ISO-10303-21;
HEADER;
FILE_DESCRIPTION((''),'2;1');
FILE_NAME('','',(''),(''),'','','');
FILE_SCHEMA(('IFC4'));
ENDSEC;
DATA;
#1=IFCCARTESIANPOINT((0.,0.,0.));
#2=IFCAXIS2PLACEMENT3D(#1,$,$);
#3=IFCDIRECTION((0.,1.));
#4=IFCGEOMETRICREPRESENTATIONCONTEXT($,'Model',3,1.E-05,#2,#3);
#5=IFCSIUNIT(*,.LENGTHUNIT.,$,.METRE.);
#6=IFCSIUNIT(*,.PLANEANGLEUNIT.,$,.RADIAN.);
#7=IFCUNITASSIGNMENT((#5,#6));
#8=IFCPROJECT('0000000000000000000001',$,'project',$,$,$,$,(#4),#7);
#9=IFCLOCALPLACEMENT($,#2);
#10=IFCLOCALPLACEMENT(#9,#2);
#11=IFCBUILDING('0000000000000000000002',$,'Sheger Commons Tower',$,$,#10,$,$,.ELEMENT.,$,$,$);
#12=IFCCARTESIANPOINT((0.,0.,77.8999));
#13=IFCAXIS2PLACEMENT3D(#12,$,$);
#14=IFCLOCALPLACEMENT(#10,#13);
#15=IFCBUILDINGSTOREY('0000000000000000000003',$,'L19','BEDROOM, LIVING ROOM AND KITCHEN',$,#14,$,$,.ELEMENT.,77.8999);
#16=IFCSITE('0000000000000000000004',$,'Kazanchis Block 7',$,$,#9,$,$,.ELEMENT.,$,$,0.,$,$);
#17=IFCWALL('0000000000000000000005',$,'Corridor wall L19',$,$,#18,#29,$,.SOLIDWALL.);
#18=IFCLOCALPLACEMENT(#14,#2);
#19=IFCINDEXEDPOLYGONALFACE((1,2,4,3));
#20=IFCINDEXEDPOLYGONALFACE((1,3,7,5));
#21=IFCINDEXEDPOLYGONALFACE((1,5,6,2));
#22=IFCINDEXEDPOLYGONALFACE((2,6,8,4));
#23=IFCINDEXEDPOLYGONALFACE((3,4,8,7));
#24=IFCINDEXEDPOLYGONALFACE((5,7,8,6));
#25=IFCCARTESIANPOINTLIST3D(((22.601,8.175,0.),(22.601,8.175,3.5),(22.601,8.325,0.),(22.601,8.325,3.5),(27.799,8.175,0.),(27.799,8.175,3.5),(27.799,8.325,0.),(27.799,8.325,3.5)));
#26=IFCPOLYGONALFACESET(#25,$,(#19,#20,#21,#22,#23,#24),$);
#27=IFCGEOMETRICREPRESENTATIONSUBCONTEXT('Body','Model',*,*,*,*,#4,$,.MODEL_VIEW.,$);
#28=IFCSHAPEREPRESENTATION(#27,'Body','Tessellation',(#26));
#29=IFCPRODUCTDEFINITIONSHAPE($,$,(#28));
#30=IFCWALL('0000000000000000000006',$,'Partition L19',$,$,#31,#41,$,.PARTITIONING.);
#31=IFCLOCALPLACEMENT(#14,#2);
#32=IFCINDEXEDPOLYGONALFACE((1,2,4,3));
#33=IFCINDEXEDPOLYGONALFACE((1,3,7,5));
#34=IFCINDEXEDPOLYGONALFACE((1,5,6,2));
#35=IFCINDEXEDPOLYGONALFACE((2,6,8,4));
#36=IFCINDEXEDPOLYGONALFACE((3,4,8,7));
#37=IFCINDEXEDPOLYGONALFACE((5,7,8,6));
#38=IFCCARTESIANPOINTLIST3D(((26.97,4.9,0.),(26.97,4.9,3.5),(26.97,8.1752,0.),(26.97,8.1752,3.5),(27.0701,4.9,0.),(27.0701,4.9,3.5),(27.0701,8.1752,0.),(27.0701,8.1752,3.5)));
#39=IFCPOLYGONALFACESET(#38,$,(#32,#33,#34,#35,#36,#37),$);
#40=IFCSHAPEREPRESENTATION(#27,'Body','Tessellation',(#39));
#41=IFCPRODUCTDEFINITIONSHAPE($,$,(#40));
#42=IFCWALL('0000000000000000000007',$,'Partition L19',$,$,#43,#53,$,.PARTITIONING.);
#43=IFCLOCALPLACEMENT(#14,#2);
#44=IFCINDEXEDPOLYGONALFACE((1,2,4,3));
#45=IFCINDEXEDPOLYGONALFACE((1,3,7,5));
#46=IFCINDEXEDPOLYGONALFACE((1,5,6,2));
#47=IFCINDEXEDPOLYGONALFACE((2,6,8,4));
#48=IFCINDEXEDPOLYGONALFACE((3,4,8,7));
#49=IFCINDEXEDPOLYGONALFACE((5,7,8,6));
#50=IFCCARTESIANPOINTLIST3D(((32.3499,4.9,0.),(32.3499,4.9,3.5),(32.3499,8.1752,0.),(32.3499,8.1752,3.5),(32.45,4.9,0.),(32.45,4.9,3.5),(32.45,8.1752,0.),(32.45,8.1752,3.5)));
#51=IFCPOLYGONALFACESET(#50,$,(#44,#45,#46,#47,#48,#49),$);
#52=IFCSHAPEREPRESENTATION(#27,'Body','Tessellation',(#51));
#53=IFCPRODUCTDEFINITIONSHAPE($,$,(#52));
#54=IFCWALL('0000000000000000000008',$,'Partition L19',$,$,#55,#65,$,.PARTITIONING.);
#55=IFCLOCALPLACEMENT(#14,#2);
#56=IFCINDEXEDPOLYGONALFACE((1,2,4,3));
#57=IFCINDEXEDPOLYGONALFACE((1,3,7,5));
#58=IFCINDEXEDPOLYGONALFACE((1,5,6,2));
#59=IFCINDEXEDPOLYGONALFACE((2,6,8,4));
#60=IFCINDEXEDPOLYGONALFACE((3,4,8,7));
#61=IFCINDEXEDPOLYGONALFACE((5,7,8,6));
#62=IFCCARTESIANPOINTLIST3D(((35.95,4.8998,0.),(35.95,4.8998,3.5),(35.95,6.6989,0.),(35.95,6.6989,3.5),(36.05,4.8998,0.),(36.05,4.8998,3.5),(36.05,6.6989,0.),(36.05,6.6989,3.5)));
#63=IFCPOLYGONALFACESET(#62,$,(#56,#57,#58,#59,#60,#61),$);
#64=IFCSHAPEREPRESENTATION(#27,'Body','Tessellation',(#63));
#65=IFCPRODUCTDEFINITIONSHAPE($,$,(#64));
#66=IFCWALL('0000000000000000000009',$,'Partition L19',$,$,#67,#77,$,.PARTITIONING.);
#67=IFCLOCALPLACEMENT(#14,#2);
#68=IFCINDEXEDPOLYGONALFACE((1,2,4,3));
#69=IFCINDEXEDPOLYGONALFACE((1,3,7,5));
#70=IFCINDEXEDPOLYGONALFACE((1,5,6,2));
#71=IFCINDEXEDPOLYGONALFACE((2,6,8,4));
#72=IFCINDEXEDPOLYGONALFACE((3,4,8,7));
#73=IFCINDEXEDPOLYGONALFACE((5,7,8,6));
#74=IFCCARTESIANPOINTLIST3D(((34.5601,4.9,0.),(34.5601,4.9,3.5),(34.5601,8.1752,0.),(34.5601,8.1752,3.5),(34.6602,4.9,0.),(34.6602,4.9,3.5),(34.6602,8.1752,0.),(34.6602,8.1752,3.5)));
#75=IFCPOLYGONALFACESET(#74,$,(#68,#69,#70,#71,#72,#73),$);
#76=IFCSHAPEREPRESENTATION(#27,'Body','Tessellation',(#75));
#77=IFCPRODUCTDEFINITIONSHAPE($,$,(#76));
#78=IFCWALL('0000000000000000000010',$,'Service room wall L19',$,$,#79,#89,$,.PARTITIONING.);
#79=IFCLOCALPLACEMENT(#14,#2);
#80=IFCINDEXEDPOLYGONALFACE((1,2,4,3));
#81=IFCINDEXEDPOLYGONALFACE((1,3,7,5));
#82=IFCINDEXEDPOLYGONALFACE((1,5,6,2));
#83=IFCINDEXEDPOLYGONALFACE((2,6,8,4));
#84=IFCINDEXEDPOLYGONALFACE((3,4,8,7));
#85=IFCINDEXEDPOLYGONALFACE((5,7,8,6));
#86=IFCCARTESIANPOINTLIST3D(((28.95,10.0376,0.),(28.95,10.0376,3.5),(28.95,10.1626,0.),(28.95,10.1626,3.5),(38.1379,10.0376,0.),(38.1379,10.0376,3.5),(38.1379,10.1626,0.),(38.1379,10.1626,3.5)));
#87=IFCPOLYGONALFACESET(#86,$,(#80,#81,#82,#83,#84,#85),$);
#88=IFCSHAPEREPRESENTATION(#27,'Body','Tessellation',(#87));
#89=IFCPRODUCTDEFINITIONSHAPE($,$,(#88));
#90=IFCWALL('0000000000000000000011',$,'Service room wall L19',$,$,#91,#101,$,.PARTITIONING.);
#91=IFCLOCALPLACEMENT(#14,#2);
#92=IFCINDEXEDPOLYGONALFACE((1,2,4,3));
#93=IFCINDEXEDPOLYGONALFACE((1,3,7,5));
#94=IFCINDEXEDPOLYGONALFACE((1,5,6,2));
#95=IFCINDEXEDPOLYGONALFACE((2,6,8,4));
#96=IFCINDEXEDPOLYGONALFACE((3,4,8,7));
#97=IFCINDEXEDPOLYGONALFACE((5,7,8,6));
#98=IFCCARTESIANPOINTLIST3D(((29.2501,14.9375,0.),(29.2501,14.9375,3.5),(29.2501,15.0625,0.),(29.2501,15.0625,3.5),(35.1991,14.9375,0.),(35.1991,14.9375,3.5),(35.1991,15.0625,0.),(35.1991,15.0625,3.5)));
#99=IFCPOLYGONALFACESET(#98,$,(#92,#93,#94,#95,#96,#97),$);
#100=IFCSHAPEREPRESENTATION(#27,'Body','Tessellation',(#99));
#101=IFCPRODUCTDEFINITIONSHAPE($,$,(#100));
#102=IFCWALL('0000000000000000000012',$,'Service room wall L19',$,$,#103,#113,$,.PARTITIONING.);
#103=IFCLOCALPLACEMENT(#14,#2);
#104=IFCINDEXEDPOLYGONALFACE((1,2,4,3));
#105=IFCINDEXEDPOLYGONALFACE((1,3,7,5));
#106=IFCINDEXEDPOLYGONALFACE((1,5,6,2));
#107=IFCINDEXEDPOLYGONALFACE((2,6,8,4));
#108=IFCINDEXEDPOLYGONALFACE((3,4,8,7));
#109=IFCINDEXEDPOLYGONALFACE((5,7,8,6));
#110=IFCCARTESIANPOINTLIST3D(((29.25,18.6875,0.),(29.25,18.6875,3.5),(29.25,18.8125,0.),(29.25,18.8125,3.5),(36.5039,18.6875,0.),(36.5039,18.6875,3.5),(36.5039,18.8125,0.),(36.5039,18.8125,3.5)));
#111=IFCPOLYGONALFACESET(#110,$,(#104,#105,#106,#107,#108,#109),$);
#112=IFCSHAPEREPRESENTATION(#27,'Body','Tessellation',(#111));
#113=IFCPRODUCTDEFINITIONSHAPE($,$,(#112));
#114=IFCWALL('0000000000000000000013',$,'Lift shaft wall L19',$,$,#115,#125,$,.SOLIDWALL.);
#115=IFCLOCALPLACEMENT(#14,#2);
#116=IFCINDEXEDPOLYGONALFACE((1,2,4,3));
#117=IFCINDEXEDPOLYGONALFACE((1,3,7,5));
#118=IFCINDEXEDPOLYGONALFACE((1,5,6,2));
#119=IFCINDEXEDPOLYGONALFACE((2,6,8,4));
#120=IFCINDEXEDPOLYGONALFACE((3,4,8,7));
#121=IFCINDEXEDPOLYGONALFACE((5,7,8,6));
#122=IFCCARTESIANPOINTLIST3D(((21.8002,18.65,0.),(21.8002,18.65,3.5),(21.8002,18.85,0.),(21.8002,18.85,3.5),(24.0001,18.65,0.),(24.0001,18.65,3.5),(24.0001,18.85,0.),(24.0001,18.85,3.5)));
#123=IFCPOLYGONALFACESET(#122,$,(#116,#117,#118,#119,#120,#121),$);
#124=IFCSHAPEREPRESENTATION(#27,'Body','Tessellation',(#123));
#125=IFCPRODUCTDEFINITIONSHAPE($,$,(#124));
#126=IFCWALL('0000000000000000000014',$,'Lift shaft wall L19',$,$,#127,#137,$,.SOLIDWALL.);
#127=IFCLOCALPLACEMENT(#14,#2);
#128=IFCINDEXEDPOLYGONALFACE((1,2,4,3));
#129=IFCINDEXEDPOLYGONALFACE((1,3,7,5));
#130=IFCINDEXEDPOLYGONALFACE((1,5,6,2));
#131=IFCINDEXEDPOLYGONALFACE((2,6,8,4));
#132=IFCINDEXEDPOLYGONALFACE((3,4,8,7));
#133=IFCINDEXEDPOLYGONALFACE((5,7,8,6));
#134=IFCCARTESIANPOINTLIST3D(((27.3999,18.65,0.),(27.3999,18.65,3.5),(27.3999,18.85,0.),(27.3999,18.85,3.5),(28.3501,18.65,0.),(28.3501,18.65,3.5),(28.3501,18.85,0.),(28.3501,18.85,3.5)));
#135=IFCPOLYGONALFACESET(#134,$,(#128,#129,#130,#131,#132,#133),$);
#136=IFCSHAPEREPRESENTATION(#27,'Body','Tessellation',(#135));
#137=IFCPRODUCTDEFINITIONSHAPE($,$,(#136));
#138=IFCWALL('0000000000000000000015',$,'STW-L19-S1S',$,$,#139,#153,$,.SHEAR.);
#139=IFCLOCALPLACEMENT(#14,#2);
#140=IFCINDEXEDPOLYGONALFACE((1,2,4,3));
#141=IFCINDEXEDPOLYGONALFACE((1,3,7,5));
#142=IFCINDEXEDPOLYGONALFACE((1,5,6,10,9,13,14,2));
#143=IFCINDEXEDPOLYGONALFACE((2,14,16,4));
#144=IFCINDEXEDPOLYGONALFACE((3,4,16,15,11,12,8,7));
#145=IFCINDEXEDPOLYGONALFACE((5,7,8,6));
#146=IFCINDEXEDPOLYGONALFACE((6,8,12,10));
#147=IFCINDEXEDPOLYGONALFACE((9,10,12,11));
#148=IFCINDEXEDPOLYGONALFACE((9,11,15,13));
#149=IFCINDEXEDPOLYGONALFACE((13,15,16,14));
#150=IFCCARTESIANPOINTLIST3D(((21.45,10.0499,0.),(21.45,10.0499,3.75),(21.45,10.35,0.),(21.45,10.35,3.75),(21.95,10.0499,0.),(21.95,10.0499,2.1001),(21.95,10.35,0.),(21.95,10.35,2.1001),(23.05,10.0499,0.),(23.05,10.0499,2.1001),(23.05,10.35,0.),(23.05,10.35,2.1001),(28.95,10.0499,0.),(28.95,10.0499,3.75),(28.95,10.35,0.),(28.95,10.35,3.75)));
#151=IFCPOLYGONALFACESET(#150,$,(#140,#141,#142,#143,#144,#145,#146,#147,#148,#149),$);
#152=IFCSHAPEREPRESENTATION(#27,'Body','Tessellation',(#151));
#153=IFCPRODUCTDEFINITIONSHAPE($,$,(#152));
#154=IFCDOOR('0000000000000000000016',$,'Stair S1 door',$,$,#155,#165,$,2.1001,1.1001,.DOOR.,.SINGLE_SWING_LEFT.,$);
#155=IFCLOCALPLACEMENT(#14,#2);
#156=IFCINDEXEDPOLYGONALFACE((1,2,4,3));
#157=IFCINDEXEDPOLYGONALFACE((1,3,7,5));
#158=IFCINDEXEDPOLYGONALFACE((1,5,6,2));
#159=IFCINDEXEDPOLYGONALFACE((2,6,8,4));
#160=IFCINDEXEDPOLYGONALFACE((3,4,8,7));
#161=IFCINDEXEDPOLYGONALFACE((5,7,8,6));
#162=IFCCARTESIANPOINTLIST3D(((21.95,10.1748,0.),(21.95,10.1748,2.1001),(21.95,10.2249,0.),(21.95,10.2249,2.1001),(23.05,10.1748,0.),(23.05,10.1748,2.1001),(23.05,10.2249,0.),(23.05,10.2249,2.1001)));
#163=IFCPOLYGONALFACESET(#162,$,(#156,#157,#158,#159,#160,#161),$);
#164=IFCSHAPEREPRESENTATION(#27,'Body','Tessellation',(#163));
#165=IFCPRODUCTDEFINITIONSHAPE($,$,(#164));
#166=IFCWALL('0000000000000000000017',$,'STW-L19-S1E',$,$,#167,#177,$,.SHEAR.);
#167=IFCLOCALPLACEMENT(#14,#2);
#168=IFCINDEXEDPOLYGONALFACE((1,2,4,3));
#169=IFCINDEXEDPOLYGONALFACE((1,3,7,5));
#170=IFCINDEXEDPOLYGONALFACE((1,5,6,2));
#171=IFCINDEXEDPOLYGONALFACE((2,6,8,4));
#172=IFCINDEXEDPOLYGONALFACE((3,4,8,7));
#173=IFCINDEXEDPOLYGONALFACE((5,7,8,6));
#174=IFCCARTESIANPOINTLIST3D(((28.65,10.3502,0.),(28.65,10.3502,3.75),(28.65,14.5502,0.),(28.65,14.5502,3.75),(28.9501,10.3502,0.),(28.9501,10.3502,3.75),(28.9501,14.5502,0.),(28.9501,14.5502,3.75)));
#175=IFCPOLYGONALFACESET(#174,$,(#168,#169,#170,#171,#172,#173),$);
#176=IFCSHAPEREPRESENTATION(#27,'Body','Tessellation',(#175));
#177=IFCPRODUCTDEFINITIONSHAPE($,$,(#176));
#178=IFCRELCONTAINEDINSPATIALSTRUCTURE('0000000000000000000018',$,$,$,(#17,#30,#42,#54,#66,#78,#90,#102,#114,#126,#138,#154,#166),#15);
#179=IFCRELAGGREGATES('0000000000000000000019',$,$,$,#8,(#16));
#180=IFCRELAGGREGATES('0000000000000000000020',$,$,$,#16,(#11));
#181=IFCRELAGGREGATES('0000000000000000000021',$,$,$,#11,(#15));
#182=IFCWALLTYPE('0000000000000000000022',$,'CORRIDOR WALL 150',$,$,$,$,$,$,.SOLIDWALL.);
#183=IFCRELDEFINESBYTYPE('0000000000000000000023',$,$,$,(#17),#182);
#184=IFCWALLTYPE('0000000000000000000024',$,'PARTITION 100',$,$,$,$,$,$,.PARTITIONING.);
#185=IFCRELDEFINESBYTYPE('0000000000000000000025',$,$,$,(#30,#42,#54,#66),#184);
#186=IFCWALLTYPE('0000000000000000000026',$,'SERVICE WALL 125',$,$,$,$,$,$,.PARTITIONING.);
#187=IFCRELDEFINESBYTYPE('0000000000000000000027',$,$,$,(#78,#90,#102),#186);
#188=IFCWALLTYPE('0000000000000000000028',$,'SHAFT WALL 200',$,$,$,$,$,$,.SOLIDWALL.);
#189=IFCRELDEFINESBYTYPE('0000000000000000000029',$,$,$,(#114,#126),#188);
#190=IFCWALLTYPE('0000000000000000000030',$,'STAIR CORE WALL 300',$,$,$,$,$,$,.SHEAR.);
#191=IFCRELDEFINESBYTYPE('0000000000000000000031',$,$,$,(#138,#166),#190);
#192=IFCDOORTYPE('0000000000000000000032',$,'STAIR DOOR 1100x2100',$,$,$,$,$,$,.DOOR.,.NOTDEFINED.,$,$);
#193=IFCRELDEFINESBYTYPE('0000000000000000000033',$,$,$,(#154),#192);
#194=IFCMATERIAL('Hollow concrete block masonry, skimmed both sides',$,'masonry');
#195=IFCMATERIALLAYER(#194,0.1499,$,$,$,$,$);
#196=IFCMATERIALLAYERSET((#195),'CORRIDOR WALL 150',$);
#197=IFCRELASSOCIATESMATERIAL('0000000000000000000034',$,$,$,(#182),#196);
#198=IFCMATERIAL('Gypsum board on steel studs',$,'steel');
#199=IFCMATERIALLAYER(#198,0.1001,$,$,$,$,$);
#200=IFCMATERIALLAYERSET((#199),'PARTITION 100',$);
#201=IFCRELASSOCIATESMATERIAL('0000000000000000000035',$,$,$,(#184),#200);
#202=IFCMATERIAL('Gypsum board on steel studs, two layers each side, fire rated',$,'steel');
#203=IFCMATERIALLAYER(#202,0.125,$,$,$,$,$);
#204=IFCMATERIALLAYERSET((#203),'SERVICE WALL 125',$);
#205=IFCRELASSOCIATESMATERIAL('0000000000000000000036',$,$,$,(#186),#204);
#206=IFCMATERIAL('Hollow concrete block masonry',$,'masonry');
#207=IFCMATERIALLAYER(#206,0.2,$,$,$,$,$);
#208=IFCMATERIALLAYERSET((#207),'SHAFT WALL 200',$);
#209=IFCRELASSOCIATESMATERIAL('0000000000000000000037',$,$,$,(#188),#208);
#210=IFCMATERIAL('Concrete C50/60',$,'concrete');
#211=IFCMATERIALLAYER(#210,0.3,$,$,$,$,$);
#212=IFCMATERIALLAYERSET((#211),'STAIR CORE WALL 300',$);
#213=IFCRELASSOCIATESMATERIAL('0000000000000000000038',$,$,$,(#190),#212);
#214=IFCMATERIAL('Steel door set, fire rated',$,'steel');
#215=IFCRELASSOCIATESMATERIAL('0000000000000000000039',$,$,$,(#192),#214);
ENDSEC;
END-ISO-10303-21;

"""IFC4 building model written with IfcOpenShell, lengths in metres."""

from ifc_helpers import new_model, si_unit, direction, frame, frame_2d, origin, place, context, subcontext, project, spatial, rectangle, extrude, material, layer, layer_set, type_object, element, fill, save


model = new_model("IFC4")

# Units and contexts
model_context = context("Model", 3, precision=1e-05, world=origin(), true_north=direction((0.0, 1.0)))
body_context = subcontext(model_context, "Body", "Model", "MODEL_VIEW")
ifc_project = project(units=[si_unit("LENGTHUNIT", "METRE"), si_unit("PLANEANGLEUNIT", "RADIAN")], contexts=[model_context])

# Site, building, storey
site_placement = place(None, origin())
site = spatial("IfcSite", under=ifc_project, at=site_placement, Name="Kazanchis Block 7", CompositionType="ELEMENT", RefElevation=0.0)
building_placement = place(site_placement, origin())
building = spatial("IfcBuilding", under=site, at=building_placement, Name="Sheger Commons Tower", CompositionType="ELEMENT")
storey_placement = place(building_placement, frame((0.0, 0.0, 77.8999)))
storey = spatial("IfcBuildingStorey", under=building, at=storey_placement, Name="L19", Description="BEDROOM, LIVING ROOM AND KITCHEN", CompositionType="ELEMENT", Elevation=77.8999)

# Shared definitions
ifc_material_1 = material(Name="Hollow concrete block masonry, skimmed both sides", Category="masonry")
ifc_layer_1 = layer(ifc_material_1, 0.1499)
ifc_layer_set_1 = layer_set([ifc_layer_1], Name="CORRIDOR WALL 150")
wall_type_1 = type_object("IfcWallType", Name="CORRIDOR WALL 150", PredefinedType="SOLIDWALL", material=ifc_layer_set_1)

# Walls
wall_1_placement = place(storey_placement, frame((27.7991, 8.25, 0.0), z_axis=(0.0, 0.0, 1.0), x_axis=(-1.0, 0.0, 0.0)))
element("IfcWall", 1, at=wall_1_placement, inside=storey, type_object=wall_type_1, Name="Corridor wall L19", PredefinedType="SOLIDWALL", context=body_context, shape_type="SweptSolid", body=[
    extrude(rectangle(XDim=5.198, YDim=0.1499, at=frame_2d((2.5991, 0.0))), origin(), (0.0, 0.0, 1.0), 3.5),
])
ifc_material_2 = material(Name="Gypsum board on steel studs", Category="steel")
ifc_layer_2 = layer(ifc_material_2, 0.1001)
ifc_layer_set_2 = layer_set([ifc_layer_2], Name="PARTITION 100")
wall_type_2 = type_object("IfcWallType", Name="PARTITION 100", PredefinedType="PARTITIONING", material=ifc_layer_set_2)
for number, where, z_axis, x_axis, name in (
    (2, (27.02, 4.8999, 0.0), (0.0, 0.0, 1.0), (0.0, 1.0, 0.0), "Partition L19"),
    (3, (32.3999, 4.8999, 0.0), (0.0, 0.0, 1.0), (0.0, 1.0, 0.0), "Partition L19"),
):
    element("IfcWall", number, at=place(storey_placement, frame(where, z_axis=z_axis, x_axis=x_axis)), inside=storey, type_object=wall_type_2, Name=name, PredefinedType="PARTITIONING", context=body_context, shape_type="SweptSolid", body=[
        extrude(rectangle(XDim=3.2751, YDim=0.1001, at=frame_2d((1.6377, 0.0))), origin(), (0.0, 0.0, 1.0), 3.5),
    ])
wall_2_placement = place(storey_placement, frame((36.0, 4.8999, 0.0), z_axis=(0.0, 0.0, 1.0), x_axis=(0.0, 1.0, 0.0)))
element("IfcWall", 4, at=wall_2_placement, inside=storey, type_object=wall_type_2, Name="Partition L19", PredefinedType="PARTITIONING", context=body_context, shape_type="SweptSolid", body=[
    extrude(rectangle(XDim=1.7991, YDim=0.1001, at=frame_2d((0.8994, 0.0))), origin(), (0.0, 0.0, 1.0), 3.5),
])
wall_3_placement = place(storey_placement, frame((34.6101, 4.8999, 0.0), z_axis=(0.0, 0.0, 1.0), x_axis=(0.0, 1.0, 0.0)))
element("IfcWall", 5, at=wall_3_placement, inside=storey, type_object=wall_type_2, Name="Partition L19", PredefinedType="PARTITIONING", context=body_context, shape_type="SweptSolid", body=[
    extrude(rectangle(XDim=3.2751, YDim=0.1001, at=frame_2d((1.6377, 0.0))), origin(), (0.0, 0.0, 1.0), 3.5),
])
ifc_material_3 = material(Name="Gypsum board on steel studs, two layers each side, fire rated", Category="steel")
ifc_layer_3 = layer(ifc_material_3, 0.125)
ifc_layer_set_3 = layer_set([ifc_layer_3], Name="SERVICE WALL 125")
wall_type_3 = type_object("IfcWallType", Name="SERVICE WALL 125", PredefinedType="PARTITIONING", material=ifc_layer_set_3)
wall_4_placement = place(storey_placement, frame((28.95, 10.1001, 0.0), z_axis=(0.0, 0.0, 1.0), x_axis=(1.0, 0.0, 0.0)))
element("IfcWall", 6, at=wall_4_placement, inside=storey, type_object=wall_type_3, Name="Service room wall L19", PredefinedType="PARTITIONING", context=body_context, shape_type="SweptSolid", body=[
    extrude(rectangle(XDim=9.188, YDim=0.125, at=frame_2d((4.594, 0.0))), origin(), (0.0, 0.0, 1.0), 3.5),
])
wall_5_placement = place(storey_placement, frame((29.25, 15.0, 0.0), z_axis=(0.0, 0.0, 1.0), x_axis=(1.0, 0.0, 0.0)))
element("IfcWall", 7, at=wall_5_placement, inside=storey, type_object=wall_type_3, Name="Service room wall L19", PredefinedType="PARTITIONING", context=body_context, shape_type="SweptSolid", body=[
    extrude(rectangle(XDim=5.949, YDim=0.125, at=frame_2d((2.9746, 0.0))), origin(), (0.0, 0.0, 1.0), 3.5),
])
wall_6_placement = place(storey_placement, frame((29.25, 18.75, 0.0), z_axis=(0.0, 0.0, 1.0), x_axis=(1.0, 0.0, 0.0)))
element("IfcWall", 8, at=wall_6_placement, inside=storey, type_object=wall_type_3, Name="Service room wall L19", PredefinedType="PARTITIONING", context=body_context, shape_type="SweptSolid", body=[
    extrude(rectangle(XDim=7.2539, YDim=0.125, at=frame_2d((3.627, 0.0))), origin(), (0.0, 0.0, 1.0), 3.5),
])
ifc_material_4 = material(Name="Hollow concrete block masonry", Category="masonry")
ifc_layer_4 = layer(ifc_material_4, 0.2)
ifc_layer_set_4 = layer_set([ifc_layer_4], Name="SHAFT WALL 200")
wall_type_4 = type_object("IfcWallType", Name="SHAFT WALL 200", PredefinedType="SOLIDWALL", material=ifc_layer_set_4)
wall_7_placement = place(storey_placement, frame((21.8, 18.75, 0.0), z_axis=(0.0, 0.0, 1.0), x_axis=(1.0, 0.0, 0.0)))
element("IfcWall", 9, at=wall_7_placement, inside=storey, type_object=wall_type_4, Name="Lift shaft wall L19", PredefinedType="SOLIDWALL", context=body_context, shape_type="SweptSolid", body=[
    extrude(rectangle(XDim=2.2, YDim=0.2, at=frame_2d((1.1001, 0.0))), origin(), (0.0, 0.0, 1.0), 3.5),
])
wall_8_placement = place(storey_placement, frame((27.3999, 18.75, 0.0), z_axis=(0.0, 0.0, 1.0), x_axis=(1.0, 0.0, 0.0)))
element("IfcWall", 10, at=wall_8_placement, inside=storey, type_object=wall_type_4, Name="Lift shaft wall L19", PredefinedType="SOLIDWALL", context=body_context, shape_type="SweptSolid", body=[
    extrude(rectangle(XDim=0.9502, YDim=0.2, at=frame_2d((0.4751, 0.0))), origin(), (0.0, 0.0, 1.0), 3.5),
])

# Wall, opening, door
ifc_material_5 = material(Name="Concrete C50/60", Category="concrete")
ifc_layer_5 = layer(ifc_material_5, 0.3)
ifc_layer_set_5 = layer_set([ifc_layer_5], Name="STAIR CORE WALL 300")
wall_type_5 = type_object("IfcWallType", Name="STAIR CORE WALL 300", PredefinedType="SHEAR", material=ifc_layer_set_5)
wall_9_placement = place(storey_placement, frame((21.45, 10.2, 0.0), z_axis=(0.0, 0.0, 1.0), x_axis=(1.0, 0.0, 0.0)))
wall_9 = element("IfcWall", 11, at=wall_9_placement, inside=storey, type_object=wall_type_5, Name="STW-L19-S1S", PredefinedType="SHEAR", context=body_context, shape_type="SweptSolid", body=[
    extrude(rectangle(XDim=7.5, YDim=0.3, at=frame_2d((3.75, 0.0))), origin(), (0.0, 0.0, 1.0), 3.75),
])
opening_1_placement = place(wall_9_placement, frame((0.5, 0.0, 0.0)))
opening_1 = element("IfcOpeningElement", 12, at=opening_1_placement, cuts=wall_9, PredefinedType="OPENING", context=body_context, shape_type="SweptSolid", body=[
    extrude(rectangle(XDim=1.1001, YDim=2.1001, at=frame_2d((0.55, 1.05))), frame((0.0, 0.1599, 0.0), z_axis=(0.0, -1.0, 0.0), x_axis=(1.0, 0.0, 0.0)), (0.0, 0.0, 1.0), 0.3201),
])
ifc_material_6 = material(Name="Steel door set, fire rated", Category="steel")
door_type_1 = type_object("IfcDoorType", Name="STAIR DOOR 1100x2100", OperationType="NOTDEFINED", PredefinedType="DOOR", material=ifc_material_6)
door_1_placement = place(opening_1_placement, origin())
door_1 = element("IfcDoor", 13, at=door_1_placement, inside=storey, type_object=door_type_1, Name="Stair S1 door", OperationType="SINGLE_SWING_LEFT", OverallHeight=2.1001, OverallWidth=1.1001, PredefinedType="DOOR", context=body_context, shape_type="SweptSolid", body=[
    extrude(rectangle(XDim=1.1001, YDim=2.1001, at=frame_2d((0.55, 1.05))), frame((0.0, 0.0249, 0.0), z_axis=(0.0, -1.0, 0.0), x_axis=(1.0, 0.0, 0.0)), (0.0, 0.0, 1.0), 0.05),
])
fill(opening_1, door_1)

# Wall
wall_10_placement = place(storey_placement, frame((28.8, 10.3501, 0.0), z_axis=(0.0, 0.0, 1.0), x_axis=(0.0, 1.0, 0.0)))
element("IfcWall", 14, at=wall_10_placement, inside=storey, type_object=wall_type_5, Name="STW-L19-S1E", PredefinedType="SHEAR", context=body_context, shape_type="SweptSolid", body=[
    extrude(rectangle(XDim=4.2, YDim=0.3, at=frame_2d((2.1001, 0.0))), origin(), (0.0, 0.0, 1.0), 3.75),
])

save(model, "model.ifc")
